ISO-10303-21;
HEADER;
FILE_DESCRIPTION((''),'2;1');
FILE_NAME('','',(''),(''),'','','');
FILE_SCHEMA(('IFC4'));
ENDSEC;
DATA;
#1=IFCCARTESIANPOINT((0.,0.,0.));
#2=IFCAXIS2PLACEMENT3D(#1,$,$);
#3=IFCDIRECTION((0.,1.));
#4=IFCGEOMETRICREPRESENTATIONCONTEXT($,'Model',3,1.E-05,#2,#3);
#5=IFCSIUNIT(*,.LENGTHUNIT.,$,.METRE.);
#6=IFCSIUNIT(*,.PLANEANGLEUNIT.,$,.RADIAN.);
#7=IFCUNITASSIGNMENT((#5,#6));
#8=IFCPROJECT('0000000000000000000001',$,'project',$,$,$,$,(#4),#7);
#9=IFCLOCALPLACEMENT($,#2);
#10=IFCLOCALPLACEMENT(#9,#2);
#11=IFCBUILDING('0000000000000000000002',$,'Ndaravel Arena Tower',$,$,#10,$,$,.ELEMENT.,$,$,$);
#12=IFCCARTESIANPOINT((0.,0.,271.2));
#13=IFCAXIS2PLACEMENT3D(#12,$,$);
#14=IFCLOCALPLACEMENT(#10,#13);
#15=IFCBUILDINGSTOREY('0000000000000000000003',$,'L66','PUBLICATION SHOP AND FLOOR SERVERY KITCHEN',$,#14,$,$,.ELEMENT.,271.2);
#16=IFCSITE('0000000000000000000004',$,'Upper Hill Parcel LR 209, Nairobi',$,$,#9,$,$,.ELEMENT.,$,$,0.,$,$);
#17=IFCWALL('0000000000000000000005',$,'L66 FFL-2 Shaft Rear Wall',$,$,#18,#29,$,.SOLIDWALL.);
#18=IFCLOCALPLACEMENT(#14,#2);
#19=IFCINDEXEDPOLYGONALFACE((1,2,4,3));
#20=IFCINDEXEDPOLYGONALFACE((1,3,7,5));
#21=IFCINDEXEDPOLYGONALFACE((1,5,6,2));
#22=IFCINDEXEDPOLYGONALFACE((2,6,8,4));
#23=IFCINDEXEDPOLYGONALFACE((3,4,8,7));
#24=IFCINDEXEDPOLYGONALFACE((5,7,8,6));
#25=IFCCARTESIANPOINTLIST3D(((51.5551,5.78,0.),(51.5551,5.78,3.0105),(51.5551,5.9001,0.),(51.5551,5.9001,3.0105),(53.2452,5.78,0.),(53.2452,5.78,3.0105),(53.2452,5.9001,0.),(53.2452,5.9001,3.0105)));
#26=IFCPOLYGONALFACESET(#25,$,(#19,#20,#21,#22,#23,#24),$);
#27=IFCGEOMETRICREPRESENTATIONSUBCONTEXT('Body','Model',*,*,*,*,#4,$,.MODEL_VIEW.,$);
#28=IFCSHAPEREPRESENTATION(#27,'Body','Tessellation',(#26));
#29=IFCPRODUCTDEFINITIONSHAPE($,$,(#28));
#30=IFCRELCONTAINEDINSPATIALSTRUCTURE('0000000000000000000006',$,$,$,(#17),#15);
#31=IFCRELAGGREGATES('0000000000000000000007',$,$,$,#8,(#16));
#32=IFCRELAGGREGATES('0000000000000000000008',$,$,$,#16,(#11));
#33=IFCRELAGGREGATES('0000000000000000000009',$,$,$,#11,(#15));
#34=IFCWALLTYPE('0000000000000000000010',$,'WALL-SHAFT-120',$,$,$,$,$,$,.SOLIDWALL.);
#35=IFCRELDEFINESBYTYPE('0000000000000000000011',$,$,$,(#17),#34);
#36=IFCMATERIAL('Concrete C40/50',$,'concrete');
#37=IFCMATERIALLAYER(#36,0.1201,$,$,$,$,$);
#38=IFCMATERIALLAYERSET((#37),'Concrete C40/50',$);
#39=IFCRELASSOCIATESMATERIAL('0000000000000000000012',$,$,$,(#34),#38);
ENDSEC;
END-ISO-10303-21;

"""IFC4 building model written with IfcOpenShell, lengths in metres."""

from ifc_helpers import new_model, si_unit, direction, frame, frame_2d, origin, place, context, subcontext, project, spatial, rectangle, extrude, material, layer, layer_set, type_object, element, save


model = new_model("IFC4")

# Units and contexts
model_context = context("Model", 3, precision=1e-05, world=origin(), true_north=direction((0.0, 1.0)))
body_context = subcontext(model_context, "Body", "Model", "MODEL_VIEW")
ifc_project = project(units=[si_unit("LENGTHUNIT", "METRE"), si_unit("PLANEANGLEUNIT", "RADIAN")], contexts=[model_context])

# Site, building, storey
site_placement = place(None, origin())
site = spatial("IfcSite", under=ifc_project, at=site_placement, Name="Upper Hill Parcel LR 209, Nairobi", CompositionType="ELEMENT", RefElevation=0.0)
building_placement = place(site_placement, origin())
building = spatial("IfcBuilding", under=site, at=building_placement, Name="Ndaravel Arena Tower", CompositionType="ELEMENT")
storey_placement = place(building_placement, frame((0.0, 0.0, 271.2)))
storey = spatial("IfcBuildingStorey", under=building, at=storey_placement, Name="L66", Description="PUBLICATION SHOP AND FLOOR SERVERY KITCHEN", CompositionType="ELEMENT", Elevation=271.2)

# Wall
ifc_material_1 = material(Name="Concrete C40/50", Category="concrete")
ifc_layer_1 = layer(ifc_material_1, 0.1201)
ifc_layer_set_1 = layer_set([ifc_layer_1], Name="Concrete C40/50")
wall_type_1 = type_object("IfcWallType", Name="WALL-SHAFT-120", PredefinedType="SOLIDWALL", material=ifc_layer_set_1)
wall_1_placement = place(storey_placement, frame((51.5549, 5.8401, 0.0), z_axis=(0.0, 0.0, 1.0), x_axis=(1.0, 0.0, 0.0)))
element("IfcWall", 1, at=wall_1_placement, inside=storey, type_object=wall_type_1, Name="L66 FFL-2 Shaft Rear Wall", PredefinedType="SOLIDWALL", context=body_context, shape_type="SweptSolid", body=[
    extrude(rectangle(XDim=1.6902, YDim=0.1201, at=frame_2d((0.8452, 0.0))), origin(), (0.0, 0.0, 1.0), 3.0105),
])

save(model, "model.ifc")
